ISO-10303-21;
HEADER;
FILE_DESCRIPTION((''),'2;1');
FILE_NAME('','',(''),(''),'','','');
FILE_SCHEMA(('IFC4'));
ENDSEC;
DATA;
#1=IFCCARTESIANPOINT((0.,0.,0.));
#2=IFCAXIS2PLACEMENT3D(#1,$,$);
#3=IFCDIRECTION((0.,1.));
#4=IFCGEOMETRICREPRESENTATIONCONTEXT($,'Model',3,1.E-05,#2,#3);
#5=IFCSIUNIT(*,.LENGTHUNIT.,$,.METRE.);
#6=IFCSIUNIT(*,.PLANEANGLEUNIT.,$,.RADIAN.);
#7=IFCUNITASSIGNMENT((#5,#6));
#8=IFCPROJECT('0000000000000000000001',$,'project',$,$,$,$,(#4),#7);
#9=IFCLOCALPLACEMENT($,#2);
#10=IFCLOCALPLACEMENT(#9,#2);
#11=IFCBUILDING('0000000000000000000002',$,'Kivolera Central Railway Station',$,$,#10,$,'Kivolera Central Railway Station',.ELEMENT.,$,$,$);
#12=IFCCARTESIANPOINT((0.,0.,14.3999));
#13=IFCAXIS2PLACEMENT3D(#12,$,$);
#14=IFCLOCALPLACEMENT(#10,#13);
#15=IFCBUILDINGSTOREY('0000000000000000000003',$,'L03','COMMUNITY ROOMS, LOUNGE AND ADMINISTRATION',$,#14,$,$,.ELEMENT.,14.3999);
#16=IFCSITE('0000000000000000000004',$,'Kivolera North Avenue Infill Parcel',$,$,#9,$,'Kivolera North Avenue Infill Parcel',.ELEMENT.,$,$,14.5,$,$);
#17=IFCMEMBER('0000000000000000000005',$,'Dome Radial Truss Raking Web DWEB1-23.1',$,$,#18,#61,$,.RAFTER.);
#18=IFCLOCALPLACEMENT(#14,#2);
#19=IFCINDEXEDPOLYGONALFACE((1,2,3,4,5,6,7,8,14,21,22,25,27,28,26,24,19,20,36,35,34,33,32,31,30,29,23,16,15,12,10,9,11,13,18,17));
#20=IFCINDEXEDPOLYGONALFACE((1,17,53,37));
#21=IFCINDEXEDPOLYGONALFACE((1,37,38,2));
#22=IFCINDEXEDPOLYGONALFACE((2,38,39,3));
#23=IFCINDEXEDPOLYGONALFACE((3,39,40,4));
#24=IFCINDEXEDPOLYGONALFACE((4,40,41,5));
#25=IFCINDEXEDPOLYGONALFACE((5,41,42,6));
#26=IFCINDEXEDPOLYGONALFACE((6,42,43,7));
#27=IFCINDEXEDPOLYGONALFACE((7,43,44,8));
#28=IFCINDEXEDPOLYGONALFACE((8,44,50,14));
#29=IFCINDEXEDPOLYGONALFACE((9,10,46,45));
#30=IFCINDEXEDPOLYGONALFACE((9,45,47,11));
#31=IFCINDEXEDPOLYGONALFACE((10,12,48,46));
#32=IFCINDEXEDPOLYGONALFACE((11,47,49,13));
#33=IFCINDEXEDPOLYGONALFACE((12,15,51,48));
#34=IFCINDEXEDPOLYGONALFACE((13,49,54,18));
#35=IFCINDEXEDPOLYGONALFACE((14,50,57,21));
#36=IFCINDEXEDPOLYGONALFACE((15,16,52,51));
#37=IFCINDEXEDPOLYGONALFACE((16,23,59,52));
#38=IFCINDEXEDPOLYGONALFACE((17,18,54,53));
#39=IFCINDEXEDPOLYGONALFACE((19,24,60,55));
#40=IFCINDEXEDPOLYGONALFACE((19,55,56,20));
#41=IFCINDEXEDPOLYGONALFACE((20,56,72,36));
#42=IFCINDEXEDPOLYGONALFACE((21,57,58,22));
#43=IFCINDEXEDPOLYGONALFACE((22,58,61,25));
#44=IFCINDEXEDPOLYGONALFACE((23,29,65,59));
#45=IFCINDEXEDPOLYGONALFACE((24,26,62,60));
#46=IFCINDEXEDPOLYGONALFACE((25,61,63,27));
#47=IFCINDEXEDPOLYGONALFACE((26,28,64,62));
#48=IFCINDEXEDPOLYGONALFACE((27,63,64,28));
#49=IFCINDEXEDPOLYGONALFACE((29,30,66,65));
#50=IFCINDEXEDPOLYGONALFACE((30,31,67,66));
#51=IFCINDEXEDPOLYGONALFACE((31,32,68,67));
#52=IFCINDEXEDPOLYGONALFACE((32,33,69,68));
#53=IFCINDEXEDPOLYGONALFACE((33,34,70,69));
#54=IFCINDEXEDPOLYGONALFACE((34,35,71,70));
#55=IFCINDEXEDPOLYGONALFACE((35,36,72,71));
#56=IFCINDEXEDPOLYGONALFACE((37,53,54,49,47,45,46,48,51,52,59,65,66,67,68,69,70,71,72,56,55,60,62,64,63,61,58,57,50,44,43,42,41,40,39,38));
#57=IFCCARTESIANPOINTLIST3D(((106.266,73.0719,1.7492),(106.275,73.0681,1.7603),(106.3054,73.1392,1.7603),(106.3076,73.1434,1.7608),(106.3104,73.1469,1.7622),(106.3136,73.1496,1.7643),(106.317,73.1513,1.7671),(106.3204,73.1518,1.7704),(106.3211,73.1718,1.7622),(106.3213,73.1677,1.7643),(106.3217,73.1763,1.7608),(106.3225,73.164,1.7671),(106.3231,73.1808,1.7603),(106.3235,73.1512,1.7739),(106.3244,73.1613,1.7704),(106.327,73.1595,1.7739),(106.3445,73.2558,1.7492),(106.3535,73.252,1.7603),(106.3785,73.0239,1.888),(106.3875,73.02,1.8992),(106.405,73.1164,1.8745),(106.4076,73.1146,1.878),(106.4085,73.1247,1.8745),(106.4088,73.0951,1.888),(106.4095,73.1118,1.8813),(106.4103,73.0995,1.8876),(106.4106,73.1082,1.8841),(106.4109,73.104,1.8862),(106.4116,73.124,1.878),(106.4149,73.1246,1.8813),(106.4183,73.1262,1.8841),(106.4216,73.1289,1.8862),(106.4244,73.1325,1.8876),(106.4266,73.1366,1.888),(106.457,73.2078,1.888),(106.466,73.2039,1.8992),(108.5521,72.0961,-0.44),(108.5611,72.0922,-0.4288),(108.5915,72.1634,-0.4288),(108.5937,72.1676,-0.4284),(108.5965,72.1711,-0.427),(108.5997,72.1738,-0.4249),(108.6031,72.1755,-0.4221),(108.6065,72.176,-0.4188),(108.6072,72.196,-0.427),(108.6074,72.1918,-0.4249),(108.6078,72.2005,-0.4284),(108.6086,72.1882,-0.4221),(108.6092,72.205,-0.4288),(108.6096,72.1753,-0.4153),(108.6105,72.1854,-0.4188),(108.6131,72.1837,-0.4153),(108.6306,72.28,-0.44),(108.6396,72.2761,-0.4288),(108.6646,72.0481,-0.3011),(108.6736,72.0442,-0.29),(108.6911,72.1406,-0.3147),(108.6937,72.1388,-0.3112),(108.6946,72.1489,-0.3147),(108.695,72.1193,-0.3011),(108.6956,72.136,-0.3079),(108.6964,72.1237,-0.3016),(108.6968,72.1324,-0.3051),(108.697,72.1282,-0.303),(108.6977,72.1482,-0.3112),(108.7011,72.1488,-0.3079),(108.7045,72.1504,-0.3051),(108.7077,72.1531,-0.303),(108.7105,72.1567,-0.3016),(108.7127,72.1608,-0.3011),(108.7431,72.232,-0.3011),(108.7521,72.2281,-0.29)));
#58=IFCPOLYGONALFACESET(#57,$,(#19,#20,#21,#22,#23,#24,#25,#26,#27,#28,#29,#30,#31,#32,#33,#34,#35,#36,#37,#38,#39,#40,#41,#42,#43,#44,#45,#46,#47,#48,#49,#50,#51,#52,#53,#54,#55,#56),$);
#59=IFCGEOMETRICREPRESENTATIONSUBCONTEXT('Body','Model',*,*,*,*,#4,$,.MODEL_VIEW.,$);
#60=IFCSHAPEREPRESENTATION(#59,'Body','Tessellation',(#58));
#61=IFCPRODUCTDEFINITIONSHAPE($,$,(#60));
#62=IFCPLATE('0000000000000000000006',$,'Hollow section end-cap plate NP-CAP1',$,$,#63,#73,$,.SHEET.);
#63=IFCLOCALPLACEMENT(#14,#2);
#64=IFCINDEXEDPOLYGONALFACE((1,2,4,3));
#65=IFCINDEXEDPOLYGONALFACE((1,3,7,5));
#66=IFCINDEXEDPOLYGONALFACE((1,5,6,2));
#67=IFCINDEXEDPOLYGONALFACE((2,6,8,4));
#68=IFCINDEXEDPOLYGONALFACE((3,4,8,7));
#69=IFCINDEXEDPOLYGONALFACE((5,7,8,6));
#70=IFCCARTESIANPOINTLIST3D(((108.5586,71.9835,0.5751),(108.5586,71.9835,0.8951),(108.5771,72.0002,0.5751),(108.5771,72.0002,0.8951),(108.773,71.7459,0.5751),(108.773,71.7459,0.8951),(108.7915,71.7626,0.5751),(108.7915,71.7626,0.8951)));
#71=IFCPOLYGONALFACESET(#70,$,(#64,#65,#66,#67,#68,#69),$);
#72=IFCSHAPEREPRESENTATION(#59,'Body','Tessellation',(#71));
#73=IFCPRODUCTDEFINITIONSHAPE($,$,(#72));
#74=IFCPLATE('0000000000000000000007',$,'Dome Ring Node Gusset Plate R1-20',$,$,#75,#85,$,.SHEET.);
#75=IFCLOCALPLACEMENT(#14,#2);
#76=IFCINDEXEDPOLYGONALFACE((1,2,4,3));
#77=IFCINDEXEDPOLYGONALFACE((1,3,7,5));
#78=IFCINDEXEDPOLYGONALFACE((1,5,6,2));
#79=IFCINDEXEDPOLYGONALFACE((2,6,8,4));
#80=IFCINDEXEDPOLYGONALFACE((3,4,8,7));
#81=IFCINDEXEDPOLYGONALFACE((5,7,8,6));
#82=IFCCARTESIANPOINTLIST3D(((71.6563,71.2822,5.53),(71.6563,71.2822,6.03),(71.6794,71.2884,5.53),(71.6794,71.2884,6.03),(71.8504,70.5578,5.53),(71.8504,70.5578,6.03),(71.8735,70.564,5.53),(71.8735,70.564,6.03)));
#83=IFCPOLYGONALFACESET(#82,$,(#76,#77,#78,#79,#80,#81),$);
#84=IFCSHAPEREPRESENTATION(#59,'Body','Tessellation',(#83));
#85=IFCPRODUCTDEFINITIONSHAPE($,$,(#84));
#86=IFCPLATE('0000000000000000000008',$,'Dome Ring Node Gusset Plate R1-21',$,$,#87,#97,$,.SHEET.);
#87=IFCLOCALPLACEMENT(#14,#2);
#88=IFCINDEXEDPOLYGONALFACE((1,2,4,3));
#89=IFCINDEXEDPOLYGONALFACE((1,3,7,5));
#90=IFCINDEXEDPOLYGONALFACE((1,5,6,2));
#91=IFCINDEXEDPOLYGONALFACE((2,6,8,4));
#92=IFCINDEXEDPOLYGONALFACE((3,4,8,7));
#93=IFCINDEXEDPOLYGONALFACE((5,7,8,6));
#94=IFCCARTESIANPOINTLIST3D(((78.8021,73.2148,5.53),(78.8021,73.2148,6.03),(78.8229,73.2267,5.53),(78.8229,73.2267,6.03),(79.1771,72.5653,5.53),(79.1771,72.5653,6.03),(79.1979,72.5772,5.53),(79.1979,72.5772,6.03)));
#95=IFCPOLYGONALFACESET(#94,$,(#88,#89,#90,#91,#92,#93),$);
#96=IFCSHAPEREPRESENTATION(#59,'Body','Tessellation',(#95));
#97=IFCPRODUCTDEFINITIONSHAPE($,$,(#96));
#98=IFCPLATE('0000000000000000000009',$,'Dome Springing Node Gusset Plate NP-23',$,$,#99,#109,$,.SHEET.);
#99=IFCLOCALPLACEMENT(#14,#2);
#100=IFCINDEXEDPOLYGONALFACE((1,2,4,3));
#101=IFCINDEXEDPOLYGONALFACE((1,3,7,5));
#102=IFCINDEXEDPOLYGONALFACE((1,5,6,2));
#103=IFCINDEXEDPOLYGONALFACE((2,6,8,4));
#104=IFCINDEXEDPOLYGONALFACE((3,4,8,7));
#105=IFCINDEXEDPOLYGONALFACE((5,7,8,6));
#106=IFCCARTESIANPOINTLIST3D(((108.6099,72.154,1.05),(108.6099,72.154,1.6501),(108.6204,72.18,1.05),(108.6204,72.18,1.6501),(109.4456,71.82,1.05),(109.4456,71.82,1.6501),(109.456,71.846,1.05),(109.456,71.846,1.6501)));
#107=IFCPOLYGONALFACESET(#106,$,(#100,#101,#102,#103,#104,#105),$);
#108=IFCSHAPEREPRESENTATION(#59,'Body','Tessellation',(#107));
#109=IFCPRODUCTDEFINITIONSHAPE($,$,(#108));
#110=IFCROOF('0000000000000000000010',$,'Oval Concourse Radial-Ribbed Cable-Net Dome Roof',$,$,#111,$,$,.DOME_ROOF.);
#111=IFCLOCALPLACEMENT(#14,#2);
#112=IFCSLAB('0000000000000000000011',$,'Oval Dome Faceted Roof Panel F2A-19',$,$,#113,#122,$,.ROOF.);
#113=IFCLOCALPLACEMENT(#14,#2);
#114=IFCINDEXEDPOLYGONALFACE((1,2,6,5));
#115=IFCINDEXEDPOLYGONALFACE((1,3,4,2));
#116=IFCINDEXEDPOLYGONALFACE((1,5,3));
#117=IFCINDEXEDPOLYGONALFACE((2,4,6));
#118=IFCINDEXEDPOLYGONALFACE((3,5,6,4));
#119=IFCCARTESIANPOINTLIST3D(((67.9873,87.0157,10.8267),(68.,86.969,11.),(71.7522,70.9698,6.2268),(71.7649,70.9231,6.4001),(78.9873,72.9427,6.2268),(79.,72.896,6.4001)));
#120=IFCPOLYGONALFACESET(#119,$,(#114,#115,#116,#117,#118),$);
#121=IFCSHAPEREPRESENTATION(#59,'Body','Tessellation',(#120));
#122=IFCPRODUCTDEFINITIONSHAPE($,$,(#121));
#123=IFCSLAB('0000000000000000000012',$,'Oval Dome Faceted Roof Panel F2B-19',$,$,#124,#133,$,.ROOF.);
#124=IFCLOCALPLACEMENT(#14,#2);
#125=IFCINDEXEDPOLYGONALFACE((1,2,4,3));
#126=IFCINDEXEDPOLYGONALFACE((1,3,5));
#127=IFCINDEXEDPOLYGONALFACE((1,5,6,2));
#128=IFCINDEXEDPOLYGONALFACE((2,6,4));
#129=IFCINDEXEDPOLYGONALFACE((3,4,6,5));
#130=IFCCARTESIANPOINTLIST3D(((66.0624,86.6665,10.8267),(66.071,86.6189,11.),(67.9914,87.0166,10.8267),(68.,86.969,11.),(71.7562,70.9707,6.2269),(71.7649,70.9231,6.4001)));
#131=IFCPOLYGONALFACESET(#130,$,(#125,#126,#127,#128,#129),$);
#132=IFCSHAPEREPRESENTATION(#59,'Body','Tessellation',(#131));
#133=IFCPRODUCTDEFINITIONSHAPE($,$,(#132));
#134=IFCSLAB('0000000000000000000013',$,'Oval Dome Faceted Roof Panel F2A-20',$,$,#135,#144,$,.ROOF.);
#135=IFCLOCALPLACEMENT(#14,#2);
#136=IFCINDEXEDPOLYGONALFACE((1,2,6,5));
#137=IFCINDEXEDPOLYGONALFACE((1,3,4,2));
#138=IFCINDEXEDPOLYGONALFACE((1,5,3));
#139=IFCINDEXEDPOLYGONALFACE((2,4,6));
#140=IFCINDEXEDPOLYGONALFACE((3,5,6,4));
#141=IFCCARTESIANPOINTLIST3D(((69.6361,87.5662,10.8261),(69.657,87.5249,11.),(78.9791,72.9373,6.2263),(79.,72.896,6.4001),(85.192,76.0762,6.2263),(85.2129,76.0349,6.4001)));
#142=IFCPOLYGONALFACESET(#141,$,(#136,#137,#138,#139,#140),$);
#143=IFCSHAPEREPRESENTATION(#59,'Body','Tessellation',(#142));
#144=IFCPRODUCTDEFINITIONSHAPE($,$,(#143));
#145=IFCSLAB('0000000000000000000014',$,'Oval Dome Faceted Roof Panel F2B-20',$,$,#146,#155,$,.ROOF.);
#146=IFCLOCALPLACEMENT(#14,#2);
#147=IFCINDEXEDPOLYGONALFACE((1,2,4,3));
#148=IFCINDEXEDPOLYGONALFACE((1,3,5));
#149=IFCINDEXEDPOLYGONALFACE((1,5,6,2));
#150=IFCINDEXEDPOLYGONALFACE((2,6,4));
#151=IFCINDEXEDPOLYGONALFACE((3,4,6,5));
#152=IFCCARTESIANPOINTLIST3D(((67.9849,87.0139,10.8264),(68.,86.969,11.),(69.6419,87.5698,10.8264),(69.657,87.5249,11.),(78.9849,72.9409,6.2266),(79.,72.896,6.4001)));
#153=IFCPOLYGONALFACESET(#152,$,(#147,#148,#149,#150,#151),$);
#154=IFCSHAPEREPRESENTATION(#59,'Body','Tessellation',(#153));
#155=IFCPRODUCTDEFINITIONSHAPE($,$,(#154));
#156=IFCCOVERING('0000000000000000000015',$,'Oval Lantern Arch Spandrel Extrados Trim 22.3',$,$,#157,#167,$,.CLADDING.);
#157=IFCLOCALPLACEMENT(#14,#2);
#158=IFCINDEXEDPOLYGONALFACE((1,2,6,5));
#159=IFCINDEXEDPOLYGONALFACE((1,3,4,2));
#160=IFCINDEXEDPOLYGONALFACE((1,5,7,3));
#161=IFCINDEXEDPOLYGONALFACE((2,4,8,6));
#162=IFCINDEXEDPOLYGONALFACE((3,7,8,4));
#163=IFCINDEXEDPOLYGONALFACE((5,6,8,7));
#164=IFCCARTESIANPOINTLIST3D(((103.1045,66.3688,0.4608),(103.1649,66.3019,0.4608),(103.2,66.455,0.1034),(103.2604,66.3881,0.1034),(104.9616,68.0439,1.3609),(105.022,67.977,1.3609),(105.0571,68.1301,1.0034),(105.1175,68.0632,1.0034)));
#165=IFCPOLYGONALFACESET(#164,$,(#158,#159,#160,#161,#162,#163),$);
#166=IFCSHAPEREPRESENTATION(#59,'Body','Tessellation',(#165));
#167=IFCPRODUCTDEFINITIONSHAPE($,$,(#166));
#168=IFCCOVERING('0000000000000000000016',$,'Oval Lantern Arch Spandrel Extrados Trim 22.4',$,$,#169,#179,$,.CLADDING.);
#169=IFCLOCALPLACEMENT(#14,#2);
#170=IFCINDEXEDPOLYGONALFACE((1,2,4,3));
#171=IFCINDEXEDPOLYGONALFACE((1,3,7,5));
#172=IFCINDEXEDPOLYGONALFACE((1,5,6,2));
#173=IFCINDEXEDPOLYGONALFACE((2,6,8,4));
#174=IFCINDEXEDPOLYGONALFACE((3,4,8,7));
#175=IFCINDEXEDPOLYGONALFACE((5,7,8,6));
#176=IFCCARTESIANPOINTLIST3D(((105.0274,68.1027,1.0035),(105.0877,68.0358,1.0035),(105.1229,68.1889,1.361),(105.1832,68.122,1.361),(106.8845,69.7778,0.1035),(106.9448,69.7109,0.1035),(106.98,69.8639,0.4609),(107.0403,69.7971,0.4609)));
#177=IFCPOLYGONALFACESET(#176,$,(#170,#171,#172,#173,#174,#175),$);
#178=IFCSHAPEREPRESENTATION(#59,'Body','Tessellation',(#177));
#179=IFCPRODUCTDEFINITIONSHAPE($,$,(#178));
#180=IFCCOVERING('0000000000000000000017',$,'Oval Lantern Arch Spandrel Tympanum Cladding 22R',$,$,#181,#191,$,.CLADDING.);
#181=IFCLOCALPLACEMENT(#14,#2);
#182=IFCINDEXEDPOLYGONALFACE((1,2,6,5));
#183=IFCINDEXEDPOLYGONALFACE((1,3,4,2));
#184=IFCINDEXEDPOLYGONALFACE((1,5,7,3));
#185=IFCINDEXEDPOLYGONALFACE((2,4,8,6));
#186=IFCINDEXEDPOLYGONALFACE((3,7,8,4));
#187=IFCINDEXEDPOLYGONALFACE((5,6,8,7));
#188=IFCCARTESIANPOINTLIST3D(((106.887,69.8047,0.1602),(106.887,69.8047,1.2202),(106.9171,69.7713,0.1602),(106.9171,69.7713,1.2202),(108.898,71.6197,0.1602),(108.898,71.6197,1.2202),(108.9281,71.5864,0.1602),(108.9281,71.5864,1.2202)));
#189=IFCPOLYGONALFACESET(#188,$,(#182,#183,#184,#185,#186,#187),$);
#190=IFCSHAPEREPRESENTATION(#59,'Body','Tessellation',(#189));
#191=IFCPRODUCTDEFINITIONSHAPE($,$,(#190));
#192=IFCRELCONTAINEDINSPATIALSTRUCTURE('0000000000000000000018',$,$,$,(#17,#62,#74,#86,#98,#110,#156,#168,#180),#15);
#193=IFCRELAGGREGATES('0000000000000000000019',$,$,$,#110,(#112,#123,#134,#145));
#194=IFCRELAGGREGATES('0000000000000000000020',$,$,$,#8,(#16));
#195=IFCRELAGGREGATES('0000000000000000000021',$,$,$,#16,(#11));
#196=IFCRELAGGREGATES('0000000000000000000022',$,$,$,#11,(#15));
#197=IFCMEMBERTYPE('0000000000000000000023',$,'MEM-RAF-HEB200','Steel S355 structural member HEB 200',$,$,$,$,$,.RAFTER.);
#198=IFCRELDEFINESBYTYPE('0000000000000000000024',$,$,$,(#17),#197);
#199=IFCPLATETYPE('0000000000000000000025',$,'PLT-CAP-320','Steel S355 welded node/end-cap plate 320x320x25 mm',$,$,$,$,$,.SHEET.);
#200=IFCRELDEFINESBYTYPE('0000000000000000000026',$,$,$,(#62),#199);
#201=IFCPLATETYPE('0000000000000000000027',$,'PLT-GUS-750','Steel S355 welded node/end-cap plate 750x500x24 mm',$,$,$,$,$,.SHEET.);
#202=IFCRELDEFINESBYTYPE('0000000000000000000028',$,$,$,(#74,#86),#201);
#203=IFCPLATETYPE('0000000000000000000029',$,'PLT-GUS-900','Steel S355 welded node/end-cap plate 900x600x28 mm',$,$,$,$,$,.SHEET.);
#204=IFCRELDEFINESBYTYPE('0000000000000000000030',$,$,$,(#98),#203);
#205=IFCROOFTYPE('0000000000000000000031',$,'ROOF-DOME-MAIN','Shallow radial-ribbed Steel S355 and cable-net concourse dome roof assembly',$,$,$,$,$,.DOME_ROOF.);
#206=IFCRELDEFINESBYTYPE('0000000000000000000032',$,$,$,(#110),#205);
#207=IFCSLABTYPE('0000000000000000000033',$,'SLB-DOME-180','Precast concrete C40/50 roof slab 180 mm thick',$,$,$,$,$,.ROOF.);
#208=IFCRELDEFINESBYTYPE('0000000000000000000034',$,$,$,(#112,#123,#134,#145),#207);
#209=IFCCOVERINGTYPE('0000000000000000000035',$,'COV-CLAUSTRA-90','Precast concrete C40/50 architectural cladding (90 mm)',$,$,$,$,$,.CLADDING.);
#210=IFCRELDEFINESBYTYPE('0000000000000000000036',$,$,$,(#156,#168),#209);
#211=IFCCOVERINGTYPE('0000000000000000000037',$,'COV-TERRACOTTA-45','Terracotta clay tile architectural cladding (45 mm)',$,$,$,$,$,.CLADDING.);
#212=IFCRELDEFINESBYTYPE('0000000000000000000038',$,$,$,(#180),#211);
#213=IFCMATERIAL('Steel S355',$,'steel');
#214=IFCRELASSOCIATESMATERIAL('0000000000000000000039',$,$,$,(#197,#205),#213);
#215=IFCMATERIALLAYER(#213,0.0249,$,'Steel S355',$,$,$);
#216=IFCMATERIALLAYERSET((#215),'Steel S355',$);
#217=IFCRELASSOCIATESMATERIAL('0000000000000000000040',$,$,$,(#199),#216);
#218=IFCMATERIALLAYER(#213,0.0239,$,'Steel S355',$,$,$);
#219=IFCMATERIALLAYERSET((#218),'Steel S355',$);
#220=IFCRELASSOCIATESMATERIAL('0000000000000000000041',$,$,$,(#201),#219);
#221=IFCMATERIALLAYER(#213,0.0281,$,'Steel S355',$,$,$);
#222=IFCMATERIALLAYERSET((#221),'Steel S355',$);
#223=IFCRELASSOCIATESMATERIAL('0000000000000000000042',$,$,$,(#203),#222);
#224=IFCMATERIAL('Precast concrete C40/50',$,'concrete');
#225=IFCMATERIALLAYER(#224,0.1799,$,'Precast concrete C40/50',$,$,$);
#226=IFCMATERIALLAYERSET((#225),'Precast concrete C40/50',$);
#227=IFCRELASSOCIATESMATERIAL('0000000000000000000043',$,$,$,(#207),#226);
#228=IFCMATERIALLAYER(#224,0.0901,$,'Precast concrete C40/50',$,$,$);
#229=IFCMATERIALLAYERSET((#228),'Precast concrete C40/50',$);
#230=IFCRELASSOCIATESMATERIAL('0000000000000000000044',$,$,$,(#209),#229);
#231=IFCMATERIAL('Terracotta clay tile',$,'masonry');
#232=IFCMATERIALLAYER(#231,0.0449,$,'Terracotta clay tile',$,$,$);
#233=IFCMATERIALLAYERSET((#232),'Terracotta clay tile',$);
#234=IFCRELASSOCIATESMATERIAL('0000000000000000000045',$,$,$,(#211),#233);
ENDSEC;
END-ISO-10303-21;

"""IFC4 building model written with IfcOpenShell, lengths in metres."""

from ifc_helpers import new_model, si_unit, direction, frame, frame_2d, origin, origin_2d, place, context, subcontext, project, spatial, polyline, rectangle, i_section, outline, extrude, material, layer, layer_set, material_profile, profile_set, type_object, element, aggregate, save


model = new_model("IFC4")

# Units and contexts
model_context = context("Model", 3, precision=1e-05, world=origin(), true_north=direction((0.0, 1.0)))
body_context = subcontext(model_context, "Body", "Model", "MODEL_VIEW")
ifc_project = project(units=[si_unit("LENGTHUNIT", "METRE"), si_unit("PLANEANGLEUNIT", "RADIAN")], contexts=[model_context])

# Site, building, storey
site_placement = place(None, origin())
site = spatial("IfcSite", under=ifc_project, at=site_placement, Name="Kivolera North Avenue Infill Parcel", LongName="Kivolera North Avenue Infill Parcel", CompositionType="ELEMENT", RefElevation=14.5)
building_placement = place(site_placement, origin())
building = spatial("IfcBuilding", under=site, at=building_placement, Name="Kivolera Central Railway Station", LongName="Kivolera Central Railway Station", CompositionType="ELEMENT")
storey_placement = place(building_placement, frame((0.0, 0.0, 14.3999)))
storey = spatial("IfcBuildingStorey", under=building, at=storey_placement, Name="L03", Description="COMMUNITY ROOMS, LOUNGE AND ADMINISTRATION", CompositionType="ELEMENT", Elevation=14.3999)

# Shared definitions
ifc_material_1 = material(Name="Steel S355", Category="steel")

# Member
ifc_material_profile_1 = material_profile(ifc_material_1, i_section(OverallWidth=0.2, OverallDepth=0.2, WebThickness=0.009, FlangeThickness=0.0149, FilletRadius=0.0181, at=origin_2d()), Name="HEB 200")
ifc_profile_set_1 = profile_set([ifc_material_profile_1], Name="Steel S355")
member_type_1 = type_object("IfcMemberType", Name="MEM-RAF-HEB200", Description="Steel S355 structural member HEB 200", PredefinedType="RAFTER", material=ifc_profile_set_1)
member_1_placement = place(storey_placement, frame((108.6521, 72.1621, -0.365), z_axis=(-0.690196, 0.294609, 0.660935), x_axis=(-0.392579, -0.919718, 0.0)))
element("IfcMember", 1, at=member_1_placement, inside=storey, type_object=member_type_1, Name="Dome Radial Truss Raking Web DWEB1-23.1", PredefinedType="RAFTER", context=body_context, shape_type="SweptSolid", body=[
    extrude(i_section(OverallWidth=0.2, OverallDepth=0.2, WebThickness=0.009, FlangeThickness=0.0149, FilletRadius=0.0181, at=origin_2d()), origin(), (0.0, 0.0, 1.0), 3.3123),
])

# Plates
ifc_layer_1 = layer(ifc_material_1, 0.0249, Name="Steel S355")
ifc_layer_set_1 = layer_set([ifc_layer_1], Name="Steel S355")
plate_type_1 = type_object("IfcPlateType", Name="PLT-CAP-320", Description="Steel S355 welded node/end-cap plate 320x320x25 mm", PredefinedType="SHEET", material=ifc_layer_set_1)
plate_1_placement = place(storey_placement, frame((108.675, 71.873, 0.7351), z_axis=(0.742406, 0.66995, 0.0), x_axis=(-0.66995, 0.742406, 0.0)))
element("IfcPlate", 2, at=plate_1_placement, inside=storey, type_object=plate_type_1, Name="Hollow section end-cap plate NP-CAP1", PredefinedType="SHEET", context=body_context, shape_type="SweptSolid", body=[
    extrude(rectangle(XDim=0.3201, YDim=0.3201, at=origin_2d()), frame((0.0, 0.0, -0.0125)), (0.0, 0.0, 1.0), 0.0249),
])
ifc_layer_2 = layer(ifc_material_1, 0.0239, Name="Steel S355")
ifc_layer_set_2 = layer_set([ifc_layer_2], Name="Steel S355")
plate_type_2 = type_object("IfcPlateType", Name="PLT-GUS-750", Description="Steel S355 welded node/end-cap plate 750x500x24 mm", PredefinedType="SHEET", material=ifc_layer_set_2)
for number, where, z_axis, x_axis, name in (
    (3, (71.7649, 70.9231, 5.53), (0.0, 0.0, 1.0), (0.258819, -0.965926, 0.0), "Dome Ring Node Gusset Plate R1-20"),
    (4, (79.0, 72.896, 5.53), (0.0, 0.0, 1.0), (0.5, -0.866025, 0.0), "Dome Ring Node Gusset Plate R1-21"),
):
    element("IfcPlate", number, at=place(storey_placement, frame(where, z_axis=z_axis, x_axis=x_axis)), inside=storey, type_object=plate_type_2, Name=name, PredefinedType="SHEET", context=body_context, shape_type="SweptSolid", body=[
        extrude(rectangle(XDim=0.75, YDim=0.0239, at=origin_2d()), origin(), (0.0, 0.0, 1.0), 0.5),
    ])
ifc_layer_3 = layer(ifc_material_1, 0.0281, Name="Steel S355")
ifc_layer_set_3 = layer_set([ifc_layer_3], Name="Steel S355")
plate_type_3 = type_object("IfcPlateType", Name="PLT-GUS-900", Description="Steel S355 welded node/end-cap plate 900x600x28 mm", PredefinedType="SHEET", material=ifc_layer_set_3)
plate_2_placement = place(storey_placement, frame((109.033, 72.0, 1.05), z_axis=(0.0, 0.0, 1.0), x_axis=(0.92857, -0.371157, 0.0)))
element("IfcPlate", 5, at=plate_2_placement, inside=storey, type_object=plate_type_3, Name="Dome Springing Node Gusset Plate NP-23", PredefinedType="SHEET", context=body_context, shape_type="SweptSolid", body=[
    extrude(rectangle(XDim=0.8999, YDim=0.0281, at=origin_2d()), origin(), (0.0, 0.0, 1.0), 0.6001),
])

# Roof, slabs
roof_type = type_object("IfcRoofType", Name="ROOF-DOME-MAIN", Description="Shallow radial-ribbed Steel S355 and cable-net concourse dome roof assembly", PredefinedType="DOME_ROOF", material=ifc_material_1)
roof_placement = place(storey_placement, origin())
roof = element("IfcRoof", 6, at=roof_placement, inside=storey, type_object=roof_type, Name="Oval Concourse Radial-Ribbed Cable-Net Dome Roof", PredefinedType="DOME_ROOF")
ifc_material_2 = material(Name="Precast concrete C40/50", Category="concrete")
ifc_layer_4 = layer(ifc_material_2, 0.1799, Name="Precast concrete C40/50")
ifc_layer_set_4 = layer_set([ifc_layer_4], Name="Precast concrete C40/50")
slab_type = type_object("IfcSlabType", Name="SLB-DOME-180", Description="Precast concrete C40/50 roof slab 180 mm thick", PredefinedType="ROOF", material=ifc_layer_set_4)
slab_1_placement = place(storey_placement, frame((71.7649, 70.9231, 6.4001), z_axis=(0.070762, -0.259501, 0.963147), x_axis=(0.964774, 0.263079, 0.0)))
slab_1 = element("IfcSlab", 7, at=slab_1_placement, type_object=slab_type, Name="Oval Dome Faceted Roof Panel F2A-19", PredefinedType="ROOF", context=body_context, shape_type="SweptSolid", body=[
    extrude(outline(polyline([(0.0, 0.0), (7.4993, 0.0), (0.5891, 17.1014), (0.0, 0.0)])), origin(), (0.0, 0.0, -1.0), 0.1799),
])
slab_2_placement = place(storey_placement, frame((71.7649, 70.9231, 6.4001), z_axis=(0.048063, -0.264814, 0.963101), x_axis=(-0.220021, 0.937725, 0.268816)))
slab_2 = element("IfcSlab", 8, at=slab_2_placement, type_object=slab_type, Name="Oval Dome Faceted Roof Panel F2B-19", PredefinedType="ROOF", context=body_context, shape_type="SweptSolid", body=[
    extrude(outline(polyline([(0.0, 0.0), (17.1115, 0.0), (17.2076, 1.9581), (0.0, 0.0)])), origin(), (0.0, 0.0, -1.0), 0.1799),
])
slab_3_placement = place(storey_placement, frame((79.0, 72.896, 6.4001), z_axis=(0.11606, -0.229719, 0.966312), x_axis=(0.892553, 0.450942, 0.0)))
slab_3 = element("IfcSlab", 9, at=slab_3_placement, type_object=slab_type, Name="Oval Dome Faceted Roof Panel F2A-20", PredefinedType="ROOF", context=body_context, shape_type="SweptSolid", body=[
    extrude(outline(polyline([(0.0, 0.0), (6.9608, 0.0), (-1.7424, 17.8723), (0.0, 0.0)])), origin(), (0.0, 0.0, -1.0), 0.1799),
])
slab_4_placement = place(storey_placement, frame((79.0, 72.896, 6.4001), z_axis=(0.083807, -0.2498, 0.964664), x_axis=(-0.520298, 0.814661, 0.256159)))
slab_4 = element("IfcSlab", 10, at=slab_4_placement, type_object=slab_type, Name="Oval Dome Faceted Roof Panel F2B-20", PredefinedType="ROOF", context=body_context, shape_type="SweptSolid", body=[
    extrude(outline(polyline([(0.0, 0.0), (17.957, 0.0), (18.3663, 1.6992), (0.0, 0.0)])), origin(), (0.0, 0.0, -1.0), 0.1799),
])
aggregate(roof, [slab_1, slab_2, slab_3, slab_4])

# Coverings
ifc_layer_5 = layer(ifc_material_2, 0.0901, Name="Precast concrete C40/50")
ifc_layer_set_5 = layer_set([ifc_layer_5], Name="Precast concrete C40/50")
covering_type_1 = type_object("IfcCoveringType", Name="COV-CLAUSTRA-90", Description="Precast concrete C40/50 architectural cladding (90 mm)", PredefinedType="CLADDING", material=ifc_layer_set_5)
for number, where, z_axis, x_axis, name in (
    (11, (104.1111, 67.2161, 0.7322), (0.69869, 0.630213, 0.338622), (0.669922, -0.742431, 0.0), "Oval Lantern Arch Spandrel Extrados Trim 22.3"),
    (12, (106.0339, 68.95, 0.7322), (0.69869, 0.630213, -0.338622), (0.669922, -0.742431, 0.0), "Oval Lantern Arch Spandrel Extrados Trim 22.4"),
):
    element("IfcCovering", number, at=place(storey_placement, frame(where, z_axis=z_axis, x_axis=x_axis)), inside=storey, type_object=covering_type_1, Name=name, PredefinedType="CLADDING", context=body_context, shape_type="SweptSolid", body=[
        extrude(rectangle(XDim=0.0901, YDim=0.3799, at=origin_2d()), frame((0.0, 0.0, -1.3291)), (0.0, 0.0, 1.0), 2.658),
    ])
ifc_material_3 = material(Name="Terracotta clay tile", Category="masonry")
ifc_layer_6 = layer(ifc_material_3, 0.0449, Name="Terracotta clay tile")
ifc_layer_set_6 = layer_set([ifc_layer_6], Name="Terracotta clay tile")
covering_type_2 = type_object("IfcCoveringType", Name="COV-TERRACOTTA-45", Description="Terracotta clay tile architectural cladding (45 mm)", PredefinedType="CLADDING", material=ifc_layer_set_6)
covering_placement = place(storey_placement, frame((108.9131, 71.603, 0.1602), z_axis=(0.0, 0.0, 1.0), x_axis=(-0.742366, -0.669995, 0.0)))
element("IfcCovering", 13, at=covering_placement, inside=storey, type_object=covering_type_2, Name="Oval Lantern Arch Spandrel Tympanum Cladding 22R", PredefinedType="CLADDING", context=body_context, shape_type="SweptSolid", body=[
    extrude(rectangle(XDim=2.709, YDim=0.0449, at=frame_2d((1.3545, 0.0))), origin(), (0.0, 0.0, 1.0), 1.0601),
])

save(model, "model.ifc")
